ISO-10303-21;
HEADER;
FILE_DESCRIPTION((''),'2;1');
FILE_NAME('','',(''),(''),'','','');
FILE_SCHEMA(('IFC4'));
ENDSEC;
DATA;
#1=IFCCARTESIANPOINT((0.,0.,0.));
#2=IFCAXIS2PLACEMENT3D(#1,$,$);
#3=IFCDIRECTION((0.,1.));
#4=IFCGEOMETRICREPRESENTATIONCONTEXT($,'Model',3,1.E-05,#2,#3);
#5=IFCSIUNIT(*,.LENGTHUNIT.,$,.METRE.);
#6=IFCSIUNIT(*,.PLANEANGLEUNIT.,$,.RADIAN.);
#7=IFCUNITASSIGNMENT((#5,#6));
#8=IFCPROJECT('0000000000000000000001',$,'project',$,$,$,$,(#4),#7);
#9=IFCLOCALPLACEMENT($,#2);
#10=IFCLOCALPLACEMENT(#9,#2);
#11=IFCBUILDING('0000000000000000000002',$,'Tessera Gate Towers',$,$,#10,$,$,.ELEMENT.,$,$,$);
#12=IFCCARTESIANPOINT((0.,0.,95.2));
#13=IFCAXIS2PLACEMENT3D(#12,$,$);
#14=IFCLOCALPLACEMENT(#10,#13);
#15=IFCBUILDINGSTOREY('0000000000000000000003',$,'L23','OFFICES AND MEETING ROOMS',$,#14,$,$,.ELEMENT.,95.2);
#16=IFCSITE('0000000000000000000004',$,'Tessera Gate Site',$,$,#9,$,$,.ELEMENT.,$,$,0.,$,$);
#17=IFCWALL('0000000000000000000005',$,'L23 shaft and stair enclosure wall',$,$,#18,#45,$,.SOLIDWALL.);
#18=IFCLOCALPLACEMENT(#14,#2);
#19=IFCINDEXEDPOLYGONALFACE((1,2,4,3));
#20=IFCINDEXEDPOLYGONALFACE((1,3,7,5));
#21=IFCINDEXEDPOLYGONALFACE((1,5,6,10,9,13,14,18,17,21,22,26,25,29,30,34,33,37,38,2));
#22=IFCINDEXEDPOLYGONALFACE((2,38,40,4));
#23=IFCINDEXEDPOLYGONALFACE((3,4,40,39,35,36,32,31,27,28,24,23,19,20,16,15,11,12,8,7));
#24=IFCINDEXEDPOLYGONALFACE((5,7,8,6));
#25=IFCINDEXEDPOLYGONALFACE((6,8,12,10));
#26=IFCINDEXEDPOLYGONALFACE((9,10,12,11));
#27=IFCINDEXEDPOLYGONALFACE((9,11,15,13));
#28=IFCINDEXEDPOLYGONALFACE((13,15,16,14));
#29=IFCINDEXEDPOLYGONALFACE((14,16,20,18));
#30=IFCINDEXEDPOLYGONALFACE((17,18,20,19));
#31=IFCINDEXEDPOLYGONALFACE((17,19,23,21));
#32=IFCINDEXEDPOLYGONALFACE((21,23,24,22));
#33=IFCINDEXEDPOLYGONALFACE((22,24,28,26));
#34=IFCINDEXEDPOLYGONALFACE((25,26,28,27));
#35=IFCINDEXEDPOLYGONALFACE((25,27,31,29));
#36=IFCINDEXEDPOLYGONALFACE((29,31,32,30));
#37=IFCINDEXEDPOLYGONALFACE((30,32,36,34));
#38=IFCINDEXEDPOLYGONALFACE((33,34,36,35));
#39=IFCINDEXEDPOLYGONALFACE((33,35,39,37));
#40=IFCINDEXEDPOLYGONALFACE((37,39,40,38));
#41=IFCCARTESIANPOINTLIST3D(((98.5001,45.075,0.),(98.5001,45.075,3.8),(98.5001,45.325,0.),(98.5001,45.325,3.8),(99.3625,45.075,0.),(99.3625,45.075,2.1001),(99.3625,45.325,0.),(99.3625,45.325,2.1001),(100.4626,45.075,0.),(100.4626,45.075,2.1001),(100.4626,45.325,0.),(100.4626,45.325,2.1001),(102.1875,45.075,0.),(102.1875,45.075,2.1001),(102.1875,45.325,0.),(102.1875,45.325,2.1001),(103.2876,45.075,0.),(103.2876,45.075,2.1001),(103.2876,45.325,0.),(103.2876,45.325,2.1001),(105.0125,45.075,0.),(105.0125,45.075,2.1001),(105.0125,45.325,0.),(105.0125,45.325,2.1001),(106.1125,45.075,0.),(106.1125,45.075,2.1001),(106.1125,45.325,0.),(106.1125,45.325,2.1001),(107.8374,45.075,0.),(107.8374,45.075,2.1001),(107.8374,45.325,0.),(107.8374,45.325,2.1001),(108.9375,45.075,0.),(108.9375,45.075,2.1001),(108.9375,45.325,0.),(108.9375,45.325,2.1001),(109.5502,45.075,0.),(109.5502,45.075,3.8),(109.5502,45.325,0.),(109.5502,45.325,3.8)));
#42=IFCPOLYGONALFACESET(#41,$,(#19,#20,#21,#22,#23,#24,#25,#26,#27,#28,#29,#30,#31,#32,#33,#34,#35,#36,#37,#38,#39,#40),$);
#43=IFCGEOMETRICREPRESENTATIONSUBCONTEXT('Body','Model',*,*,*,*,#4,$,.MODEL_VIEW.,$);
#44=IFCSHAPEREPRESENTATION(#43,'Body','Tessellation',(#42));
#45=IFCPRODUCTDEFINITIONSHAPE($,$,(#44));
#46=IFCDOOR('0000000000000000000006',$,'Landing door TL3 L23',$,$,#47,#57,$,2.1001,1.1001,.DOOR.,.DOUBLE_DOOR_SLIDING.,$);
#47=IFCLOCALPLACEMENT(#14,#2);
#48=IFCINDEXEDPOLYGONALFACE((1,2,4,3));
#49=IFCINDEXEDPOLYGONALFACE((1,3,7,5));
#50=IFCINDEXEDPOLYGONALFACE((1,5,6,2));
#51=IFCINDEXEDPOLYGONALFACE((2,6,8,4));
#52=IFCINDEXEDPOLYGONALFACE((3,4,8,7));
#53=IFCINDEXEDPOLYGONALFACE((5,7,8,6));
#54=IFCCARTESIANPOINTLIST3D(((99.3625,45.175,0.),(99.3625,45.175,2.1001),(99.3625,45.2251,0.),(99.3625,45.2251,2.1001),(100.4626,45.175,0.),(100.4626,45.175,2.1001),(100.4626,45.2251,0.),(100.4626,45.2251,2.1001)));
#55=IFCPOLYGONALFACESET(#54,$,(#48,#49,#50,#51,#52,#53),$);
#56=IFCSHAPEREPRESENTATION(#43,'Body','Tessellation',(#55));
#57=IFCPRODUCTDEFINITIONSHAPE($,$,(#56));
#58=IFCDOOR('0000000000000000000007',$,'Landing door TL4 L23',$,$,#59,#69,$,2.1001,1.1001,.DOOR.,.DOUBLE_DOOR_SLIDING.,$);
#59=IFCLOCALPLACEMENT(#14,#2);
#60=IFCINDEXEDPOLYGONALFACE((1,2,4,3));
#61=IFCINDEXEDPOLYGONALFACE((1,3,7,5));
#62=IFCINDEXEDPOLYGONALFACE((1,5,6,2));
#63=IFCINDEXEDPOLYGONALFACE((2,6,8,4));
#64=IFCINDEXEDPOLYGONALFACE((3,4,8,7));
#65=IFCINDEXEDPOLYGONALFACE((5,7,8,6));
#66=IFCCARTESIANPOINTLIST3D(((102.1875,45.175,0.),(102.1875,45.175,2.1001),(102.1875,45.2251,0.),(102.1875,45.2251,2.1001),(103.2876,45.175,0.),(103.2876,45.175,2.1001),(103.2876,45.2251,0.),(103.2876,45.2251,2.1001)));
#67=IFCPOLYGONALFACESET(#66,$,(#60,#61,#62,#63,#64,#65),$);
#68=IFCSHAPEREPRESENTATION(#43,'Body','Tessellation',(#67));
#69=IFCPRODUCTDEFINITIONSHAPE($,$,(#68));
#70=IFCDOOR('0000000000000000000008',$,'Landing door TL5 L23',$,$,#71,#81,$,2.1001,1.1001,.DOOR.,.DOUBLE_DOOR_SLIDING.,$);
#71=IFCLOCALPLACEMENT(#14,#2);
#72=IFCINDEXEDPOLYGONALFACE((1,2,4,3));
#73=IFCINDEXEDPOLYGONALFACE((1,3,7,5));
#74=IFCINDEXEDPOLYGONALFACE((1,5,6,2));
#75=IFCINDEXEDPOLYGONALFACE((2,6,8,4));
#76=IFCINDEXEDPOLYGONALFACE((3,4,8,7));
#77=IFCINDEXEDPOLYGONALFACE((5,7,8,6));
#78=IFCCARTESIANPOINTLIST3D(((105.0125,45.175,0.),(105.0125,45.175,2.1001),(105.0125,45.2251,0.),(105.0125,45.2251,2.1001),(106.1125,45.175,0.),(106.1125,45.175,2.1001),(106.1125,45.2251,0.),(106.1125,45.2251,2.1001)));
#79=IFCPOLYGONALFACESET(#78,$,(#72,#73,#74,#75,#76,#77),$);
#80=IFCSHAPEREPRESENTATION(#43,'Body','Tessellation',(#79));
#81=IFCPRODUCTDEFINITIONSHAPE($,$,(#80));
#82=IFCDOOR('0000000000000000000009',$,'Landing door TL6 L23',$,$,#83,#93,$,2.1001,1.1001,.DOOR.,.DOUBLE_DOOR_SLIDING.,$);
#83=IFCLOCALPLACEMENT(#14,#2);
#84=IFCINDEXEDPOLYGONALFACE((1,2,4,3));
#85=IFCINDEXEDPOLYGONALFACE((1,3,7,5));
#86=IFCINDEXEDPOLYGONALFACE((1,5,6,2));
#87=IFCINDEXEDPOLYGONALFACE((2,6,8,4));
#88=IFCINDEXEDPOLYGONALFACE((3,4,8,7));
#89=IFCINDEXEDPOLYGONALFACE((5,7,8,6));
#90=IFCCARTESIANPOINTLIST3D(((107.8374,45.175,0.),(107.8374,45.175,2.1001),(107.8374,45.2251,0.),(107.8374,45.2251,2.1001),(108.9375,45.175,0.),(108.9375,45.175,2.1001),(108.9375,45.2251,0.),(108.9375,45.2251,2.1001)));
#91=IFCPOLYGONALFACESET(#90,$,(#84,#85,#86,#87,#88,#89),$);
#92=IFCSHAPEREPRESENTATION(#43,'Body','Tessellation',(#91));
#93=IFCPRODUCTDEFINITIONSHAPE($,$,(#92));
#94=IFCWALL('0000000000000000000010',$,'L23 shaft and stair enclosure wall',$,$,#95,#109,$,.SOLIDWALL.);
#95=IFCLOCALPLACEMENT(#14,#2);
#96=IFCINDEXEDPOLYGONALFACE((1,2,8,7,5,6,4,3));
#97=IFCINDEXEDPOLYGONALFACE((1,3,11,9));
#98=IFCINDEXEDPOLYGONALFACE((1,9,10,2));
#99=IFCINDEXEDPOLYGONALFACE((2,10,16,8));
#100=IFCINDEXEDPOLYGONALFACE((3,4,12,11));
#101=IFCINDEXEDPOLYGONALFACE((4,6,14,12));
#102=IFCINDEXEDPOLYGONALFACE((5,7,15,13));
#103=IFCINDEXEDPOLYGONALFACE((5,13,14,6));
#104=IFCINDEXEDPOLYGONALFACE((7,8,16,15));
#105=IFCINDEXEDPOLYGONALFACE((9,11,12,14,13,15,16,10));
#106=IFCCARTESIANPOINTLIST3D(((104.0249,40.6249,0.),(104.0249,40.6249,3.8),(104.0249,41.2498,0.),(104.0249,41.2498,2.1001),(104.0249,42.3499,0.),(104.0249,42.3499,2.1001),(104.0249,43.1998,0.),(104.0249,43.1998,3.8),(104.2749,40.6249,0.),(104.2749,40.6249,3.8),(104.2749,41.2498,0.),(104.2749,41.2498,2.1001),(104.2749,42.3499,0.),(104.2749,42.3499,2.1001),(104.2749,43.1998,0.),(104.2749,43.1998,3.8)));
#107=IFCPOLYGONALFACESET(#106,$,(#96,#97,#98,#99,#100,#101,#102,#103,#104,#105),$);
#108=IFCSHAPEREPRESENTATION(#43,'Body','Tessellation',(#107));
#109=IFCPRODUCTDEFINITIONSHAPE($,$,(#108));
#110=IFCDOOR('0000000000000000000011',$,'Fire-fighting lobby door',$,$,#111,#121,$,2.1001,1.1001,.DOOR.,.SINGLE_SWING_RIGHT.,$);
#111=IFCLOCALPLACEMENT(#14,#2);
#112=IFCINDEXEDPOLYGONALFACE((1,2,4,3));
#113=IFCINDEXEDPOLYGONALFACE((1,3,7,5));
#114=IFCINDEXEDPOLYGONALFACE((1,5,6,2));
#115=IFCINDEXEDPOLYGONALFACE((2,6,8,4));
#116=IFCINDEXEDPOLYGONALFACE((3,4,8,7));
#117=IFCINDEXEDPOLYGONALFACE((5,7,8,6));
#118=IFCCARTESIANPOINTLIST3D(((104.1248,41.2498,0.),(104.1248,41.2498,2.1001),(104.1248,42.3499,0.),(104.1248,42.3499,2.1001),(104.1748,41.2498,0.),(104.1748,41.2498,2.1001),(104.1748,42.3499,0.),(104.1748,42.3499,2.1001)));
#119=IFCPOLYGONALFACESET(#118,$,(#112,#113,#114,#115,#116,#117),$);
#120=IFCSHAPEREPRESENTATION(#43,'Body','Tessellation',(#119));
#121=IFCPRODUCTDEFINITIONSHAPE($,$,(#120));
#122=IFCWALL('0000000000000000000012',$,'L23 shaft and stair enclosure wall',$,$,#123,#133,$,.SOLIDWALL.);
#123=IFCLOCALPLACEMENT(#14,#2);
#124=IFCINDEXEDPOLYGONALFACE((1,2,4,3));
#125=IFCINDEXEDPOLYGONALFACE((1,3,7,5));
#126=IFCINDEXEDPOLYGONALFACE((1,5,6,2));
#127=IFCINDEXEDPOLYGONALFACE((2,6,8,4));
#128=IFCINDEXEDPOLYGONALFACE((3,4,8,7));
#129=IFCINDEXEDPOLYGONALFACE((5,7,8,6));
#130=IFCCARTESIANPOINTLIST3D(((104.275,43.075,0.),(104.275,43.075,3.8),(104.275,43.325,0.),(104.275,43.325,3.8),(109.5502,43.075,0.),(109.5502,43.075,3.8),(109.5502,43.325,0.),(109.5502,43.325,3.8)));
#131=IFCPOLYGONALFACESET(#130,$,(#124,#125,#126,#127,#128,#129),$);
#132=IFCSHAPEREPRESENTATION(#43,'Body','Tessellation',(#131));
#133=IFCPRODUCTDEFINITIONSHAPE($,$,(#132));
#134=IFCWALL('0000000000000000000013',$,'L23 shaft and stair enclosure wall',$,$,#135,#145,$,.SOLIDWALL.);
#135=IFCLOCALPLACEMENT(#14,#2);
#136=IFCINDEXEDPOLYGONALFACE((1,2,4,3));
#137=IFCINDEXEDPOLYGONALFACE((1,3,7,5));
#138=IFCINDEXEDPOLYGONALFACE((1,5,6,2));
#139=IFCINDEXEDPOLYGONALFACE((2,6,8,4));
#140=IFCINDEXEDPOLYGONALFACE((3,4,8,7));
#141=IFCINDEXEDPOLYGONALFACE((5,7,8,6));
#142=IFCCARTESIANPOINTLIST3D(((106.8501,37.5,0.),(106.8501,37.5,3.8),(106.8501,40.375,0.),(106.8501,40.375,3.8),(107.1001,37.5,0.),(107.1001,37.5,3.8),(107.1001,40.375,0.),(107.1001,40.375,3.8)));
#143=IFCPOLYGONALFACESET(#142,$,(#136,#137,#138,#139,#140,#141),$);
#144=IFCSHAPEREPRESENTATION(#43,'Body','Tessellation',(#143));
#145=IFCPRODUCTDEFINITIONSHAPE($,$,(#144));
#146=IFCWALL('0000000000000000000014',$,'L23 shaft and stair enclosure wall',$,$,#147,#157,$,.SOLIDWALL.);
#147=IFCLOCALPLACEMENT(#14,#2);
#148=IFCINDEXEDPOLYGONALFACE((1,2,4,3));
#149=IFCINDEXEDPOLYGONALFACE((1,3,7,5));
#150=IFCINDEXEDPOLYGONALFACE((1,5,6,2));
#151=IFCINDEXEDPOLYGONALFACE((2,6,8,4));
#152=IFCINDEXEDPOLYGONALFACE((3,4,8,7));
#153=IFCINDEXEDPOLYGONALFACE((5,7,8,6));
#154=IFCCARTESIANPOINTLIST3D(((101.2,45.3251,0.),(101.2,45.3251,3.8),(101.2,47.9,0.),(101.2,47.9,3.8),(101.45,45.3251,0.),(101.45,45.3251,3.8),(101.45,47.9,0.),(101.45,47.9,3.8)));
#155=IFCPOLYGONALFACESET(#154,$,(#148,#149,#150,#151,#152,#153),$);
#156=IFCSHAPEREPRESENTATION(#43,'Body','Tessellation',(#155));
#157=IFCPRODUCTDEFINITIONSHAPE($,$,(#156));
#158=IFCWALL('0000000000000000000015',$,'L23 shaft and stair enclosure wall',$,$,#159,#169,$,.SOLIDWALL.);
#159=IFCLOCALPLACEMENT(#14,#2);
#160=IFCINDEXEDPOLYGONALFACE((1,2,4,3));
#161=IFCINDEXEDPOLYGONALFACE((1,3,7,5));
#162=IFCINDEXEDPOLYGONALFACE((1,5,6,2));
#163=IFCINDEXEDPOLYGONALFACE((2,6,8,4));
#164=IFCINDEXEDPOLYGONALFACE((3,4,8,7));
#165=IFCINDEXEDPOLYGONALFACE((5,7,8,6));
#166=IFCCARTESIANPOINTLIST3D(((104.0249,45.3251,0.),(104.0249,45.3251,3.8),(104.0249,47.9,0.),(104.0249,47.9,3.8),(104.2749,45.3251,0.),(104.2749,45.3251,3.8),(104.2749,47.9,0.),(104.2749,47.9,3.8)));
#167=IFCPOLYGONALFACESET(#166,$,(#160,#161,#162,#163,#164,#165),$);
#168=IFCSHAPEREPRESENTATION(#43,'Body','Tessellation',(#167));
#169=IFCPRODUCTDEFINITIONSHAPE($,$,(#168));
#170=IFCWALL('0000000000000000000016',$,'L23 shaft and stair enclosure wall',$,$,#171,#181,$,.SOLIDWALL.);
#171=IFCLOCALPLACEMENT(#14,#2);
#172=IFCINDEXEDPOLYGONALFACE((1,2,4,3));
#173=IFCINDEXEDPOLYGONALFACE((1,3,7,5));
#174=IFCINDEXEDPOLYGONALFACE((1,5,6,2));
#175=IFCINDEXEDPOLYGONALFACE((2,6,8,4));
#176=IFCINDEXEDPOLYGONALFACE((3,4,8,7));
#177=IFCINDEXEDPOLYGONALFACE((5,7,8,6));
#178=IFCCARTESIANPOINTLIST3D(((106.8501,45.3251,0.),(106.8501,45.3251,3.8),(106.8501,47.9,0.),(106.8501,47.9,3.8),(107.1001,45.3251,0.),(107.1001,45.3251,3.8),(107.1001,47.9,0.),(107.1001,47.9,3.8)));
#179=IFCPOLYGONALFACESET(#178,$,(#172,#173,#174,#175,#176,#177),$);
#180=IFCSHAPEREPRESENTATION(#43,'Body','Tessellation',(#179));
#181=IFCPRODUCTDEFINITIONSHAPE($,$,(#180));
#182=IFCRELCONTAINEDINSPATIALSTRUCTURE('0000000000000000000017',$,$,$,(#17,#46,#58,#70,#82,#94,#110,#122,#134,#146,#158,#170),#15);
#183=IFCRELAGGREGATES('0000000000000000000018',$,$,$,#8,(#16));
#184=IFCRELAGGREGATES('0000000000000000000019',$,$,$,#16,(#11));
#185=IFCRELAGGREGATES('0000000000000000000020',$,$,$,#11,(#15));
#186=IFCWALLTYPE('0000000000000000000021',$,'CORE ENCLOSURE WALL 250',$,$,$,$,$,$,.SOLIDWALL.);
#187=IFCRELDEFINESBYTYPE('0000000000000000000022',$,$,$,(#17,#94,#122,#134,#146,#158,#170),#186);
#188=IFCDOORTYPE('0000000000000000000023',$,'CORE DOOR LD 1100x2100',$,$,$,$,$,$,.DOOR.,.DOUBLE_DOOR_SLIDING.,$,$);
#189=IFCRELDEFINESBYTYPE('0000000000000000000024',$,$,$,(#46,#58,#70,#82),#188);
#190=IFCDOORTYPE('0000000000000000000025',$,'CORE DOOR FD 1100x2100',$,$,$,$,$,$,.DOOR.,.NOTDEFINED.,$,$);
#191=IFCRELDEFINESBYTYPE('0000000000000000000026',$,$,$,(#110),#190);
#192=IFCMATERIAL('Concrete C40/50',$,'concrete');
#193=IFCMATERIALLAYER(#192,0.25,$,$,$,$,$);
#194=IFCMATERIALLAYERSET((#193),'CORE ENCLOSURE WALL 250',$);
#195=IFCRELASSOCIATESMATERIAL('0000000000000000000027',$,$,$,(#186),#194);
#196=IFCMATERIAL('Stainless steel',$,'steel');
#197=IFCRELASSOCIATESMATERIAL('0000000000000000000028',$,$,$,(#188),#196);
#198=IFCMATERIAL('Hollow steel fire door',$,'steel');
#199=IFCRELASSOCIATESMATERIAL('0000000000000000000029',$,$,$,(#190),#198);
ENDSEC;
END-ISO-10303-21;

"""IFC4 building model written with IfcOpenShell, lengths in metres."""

from ifc_helpers import new_model, si_unit, direction, frame, frame_2d, origin, place, context, subcontext, project, spatial, rectangle, extrude, source, transform, mapped, material, layer, layer_set, type_object, element, fill, save


model = new_model("IFC4")

# Units and contexts
model_context = context("Model", 3, precision=1e-05, world=origin(), true_north=direction((0.0, 1.0)))
body_context = subcontext(model_context, "Body", "Model", "MODEL_VIEW")
ifc_project = project(units=[si_unit("LENGTHUNIT", "METRE"), si_unit("PLANEANGLEUNIT", "RADIAN")], contexts=[model_context])

# Site, building, storey
site_placement = place(None, origin())
site = spatial("IfcSite", under=ifc_project, at=site_placement, Name="Tessera Gate Site", CompositionType="ELEMENT", RefElevation=0.0)
building_placement = place(site_placement, origin())
building = spatial("IfcBuilding", under=site, at=building_placement, Name="Tessera Gate Towers", CompositionType="ELEMENT")
storey_placement = place(building_placement, frame((0.0, 0.0, 95.2)))
storey = spatial("IfcBuildingStorey", under=building, at=storey_placement, Name="L23", Description="OFFICES AND MEETING ROOMS", CompositionType="ELEMENT", Elevation=95.2)

# Wall, openings, doors
ifc_material_1 = material(Name="Concrete C40/50", Category="concrete")
ifc_layer_1 = layer(ifc_material_1, 0.25)
ifc_layer_set_1 = layer_set([ifc_layer_1], Name="CORE ENCLOSURE WALL 250")
wall_type_1 = type_object("IfcWallType", Name="CORE ENCLOSURE WALL 250", PredefinedType="SOLIDWALL", material=ifc_layer_set_1)
shared_shape_1 = source(origin(), body_context, "Body", "SweptSolid", [
    extrude(rectangle(XDim=1.1001, YDim=2.1001, at=frame_2d((0.55, 1.05))), frame((0.0, 0.135, 0.0), z_axis=(0.0, -1.0, 0.0), x_axis=(1.0, 0.0, 0.0)), (0.0, 0.0, 1.0), 0.27),
])
ifc_material_2 = material(Name="Stainless steel", Category="steel")
door_type_1 = type_object("IfcDoorType", Name="CORE DOOR LD 1100x2100", OperationType="DOUBLE_DOOR_SLIDING", PredefinedType="DOOR", material=ifc_material_2)
shared_shape_2 = source(origin(), body_context, "Body", "SweptSolid", [
    extrude(rectangle(XDim=1.1001, YDim=2.1001, at=frame_2d((0.55, 1.05))), frame((0.0, 0.0249, 0.0), z_axis=(0.0, -1.0, 0.0), x_axis=(1.0, 0.0, 0.0)), (0.0, 0.0, 1.0), 0.05),
])
wall_1_placement = place(storey_placement, frame((109.55, 45.2, 0.0), z_axis=(0.0, 0.0, 1.0), x_axis=(-1.0, 0.0, 0.0)))
wall_1 = element("IfcWall", 1, at=wall_1_placement, inside=storey, type_object=wall_type_1, Name="L23 shaft and stair enclosure wall", PredefinedType="SOLIDWALL", context=body_context, shape_type="SweptSolid", body=[
    extrude(rectangle(XDim=11.05, YDim=0.25, at=frame_2d((5.5249, 0.0))), origin(), (0.0, 0.0, 1.0), 3.8),
])
opening_1_placement = place(wall_1_placement, frame((9.0874, 0.0, 0.0)))
opening_1 = element("IfcOpeningElement", 2, at=opening_1_placement, cuts=wall_1, PredefinedType="OPENING", context=body_context, shape_type="MappedRepresentation", body=[
    mapped(shared_shape_1, transform((0.0, 0.0, 0.0), scale=1.0)),
])
opening_2_placement = place(wall_1_placement, frame((6.2625, 0.0, 0.0)))
opening_2 = element("IfcOpeningElement", 3, at=opening_2_placement, cuts=wall_1, PredefinedType="OPENING", context=body_context, shape_type="MappedRepresentation", body=[
    mapped(shared_shape_1, transform((0.0, 0.0, 0.0), scale=1.0)),
])
opening_3_placement = place(wall_1_placement, frame((3.4375, 0.0, 0.0)))
opening_3 = element("IfcOpeningElement", 4, at=opening_3_placement, cuts=wall_1, PredefinedType="OPENING", context=body_context, shape_type="MappedRepresentation", body=[
    mapped(shared_shape_1, transform((0.0, 0.0, 0.0), scale=1.0)),
])
opening_4_placement = place(wall_1_placement, frame((0.6125, 0.0, 0.0)))
opening_4 = element("IfcOpeningElement", 5, at=opening_4_placement, cuts=wall_1, PredefinedType="OPENING", context=body_context, shape_type="MappedRepresentation", body=[
    mapped(shared_shape_1, transform((0.0, 0.0, 0.0), scale=1.0)),
])
door_1_placement = place(opening_1_placement, origin())
door_1 = element("IfcDoor", 6, at=door_1_placement, inside=storey, type_object=door_type_1, Name="Landing door TL3 L23", OperationType="DOUBLE_DOOR_SLIDING", OverallHeight=2.1001, OverallWidth=1.1001, PredefinedType="DOOR", context=body_context, shape_type="MappedRepresentation", body=[
    mapped(shared_shape_2, transform((0.0, 0.0, 0.0), scale=1.0)),
])
fill(opening_1, door_1)
door_2_placement = place(opening_2_placement, origin())
door_2 = element("IfcDoor", 7, at=door_2_placement, inside=storey, type_object=door_type_1, Name="Landing door TL4 L23", OperationType="DOUBLE_DOOR_SLIDING", OverallHeight=2.1001, OverallWidth=1.1001, PredefinedType="DOOR", context=body_context, shape_type="MappedRepresentation", body=[
    mapped(shared_shape_2, transform((0.0, 0.0, 0.0), scale=1.0)),
])
fill(opening_2, door_2)
door_3_placement = place(opening_3_placement, origin())
door_3 = element("IfcDoor", 8, at=door_3_placement, inside=storey, type_object=door_type_1, Name="Landing door TL5 L23", OperationType="DOUBLE_DOOR_SLIDING", OverallHeight=2.1001, OverallWidth=1.1001, PredefinedType="DOOR", context=body_context, shape_type="MappedRepresentation", body=[
    mapped(shared_shape_2, transform((0.0, 0.0, 0.0), scale=1.0)),
])
fill(opening_3, door_3)
door_4_placement = place(opening_4_placement, origin())
door_4 = element("IfcDoor", 9, at=door_4_placement, inside=storey, type_object=door_type_1, Name="Landing door TL6 L23", OperationType="DOUBLE_DOOR_SLIDING", OverallHeight=2.1001, OverallWidth=1.1001, PredefinedType="DOOR", context=body_context, shape_type="MappedRepresentation", body=[
    mapped(shared_shape_2, transform((0.0, 0.0, 0.0), scale=1.0)),
])
fill(opening_4, door_4)

# Wall, opening, door
wall_2_placement = place(storey_placement, frame((104.1499, 43.2, 0.0), z_axis=(0.0, 0.0, 1.0), x_axis=(0.0, -1.0, 0.0)))
wall_2 = element("IfcWall", 10, at=wall_2_placement, inside=storey, type_object=wall_type_1, Name="L23 shaft and stair enclosure wall", PredefinedType="SOLIDWALL", context=body_context, shape_type="SweptSolid", body=[
    extrude(rectangle(XDim=2.575, YDim=0.25, at=frame_2d((1.2876, 0.0))), origin(), (0.0, 0.0, 1.0), 3.8),
])
opening_5_placement = place(wall_2_placement, frame((0.8501, 0.0, 0.0)))
opening_5 = element("IfcOpeningElement", 11, at=opening_5_placement, cuts=wall_2, PredefinedType="OPENING", context=body_context, shape_type="MappedRepresentation", body=[
    mapped(shared_shape_1, transform((0.0, 0.0, 0.0), scale=1.0)),
])
ifc_material_3 = material(Name="Hollow steel fire door", Category="steel")
door_type_2 = type_object("IfcDoorType", Name="CORE DOOR FD 1100x2100", OperationType="NOTDEFINED", PredefinedType="DOOR", material=ifc_material_3)
door_5_placement = place(opening_5_placement, origin())
door_5 = element("IfcDoor", 12, at=door_5_placement, inside=storey, type_object=door_type_2, Name="Fire-fighting lobby door", OperationType="SINGLE_SWING_RIGHT", OverallHeight=2.1001, OverallWidth=1.1001, PredefinedType="DOOR", context=body_context, shape_type="MappedRepresentation", body=[
    mapped(shared_shape_2, transform((0.0, 0.0, 0.0), scale=1.0)),
])
fill(opening_5, door_5)

# Walls
wall_3_placement = place(storey_placement, frame((104.2749, 43.2, 0.0), z_axis=(0.0, 0.0, 1.0), x_axis=(1.0, 0.0, 0.0)))
element("IfcWall", 13, at=wall_3_placement, inside=storey, type_object=wall_type_1, Name="L23 shaft and stair enclosure wall", PredefinedType="SOLIDWALL", context=body_context, shape_type="SweptSolid", body=[
    extrude(rectangle(XDim=5.2751, YDim=0.25, at=frame_2d((2.6377, 0.0))), origin(), (0.0, 0.0, 1.0), 3.8),
])
wall_4_placement = place(storey_placement, frame((106.9751, 37.5, 0.0), z_axis=(0.0, 0.0, 1.0), x_axis=(0.0, 1.0, 0.0)))
element("IfcWall", 14, at=wall_4_placement, inside=storey, type_object=wall_type_1, Name="L23 shaft and stair enclosure wall", PredefinedType="SOLIDWALL", context=body_context, shape_type="SweptSolid", body=[
    extrude(rectangle(XDim=2.875, YDim=0.25, at=frame_2d((1.4375, 0.0))), origin(), (0.0, 0.0, 1.0), 3.8),
])
for number, where, z_axis, x_axis, name in (
    (15, (101.325, 45.325, 0.0), (0.0, 0.0, 1.0), (0.0, 1.0, 0.0), "L23 shaft and stair enclosure wall"),
    (16, (104.1499, 45.325, 0.0), (0.0, 0.0, 1.0), (0.0, 1.0, 0.0), "L23 shaft and stair enclosure wall"),
    (17, (106.9751, 45.325, 0.0), (0.0, 0.0, 1.0), (0.0, 1.0, 0.0), "L23 shaft and stair enclosure wall"),
):
    element("IfcWall", number, at=place(storey_placement, frame(where, z_axis=z_axis, x_axis=x_axis)), inside=storey, type_object=wall_type_1, Name=name, PredefinedType="SOLIDWALL", context=body_context, shape_type="SweptSolid", body=[
        extrude(rectangle(XDim=2.575, YDim=0.25, at=frame_2d((1.2876, 0.0))), origin(), (0.0, 0.0, 1.0), 3.8),
    ])

save(model, "model.ifc")
